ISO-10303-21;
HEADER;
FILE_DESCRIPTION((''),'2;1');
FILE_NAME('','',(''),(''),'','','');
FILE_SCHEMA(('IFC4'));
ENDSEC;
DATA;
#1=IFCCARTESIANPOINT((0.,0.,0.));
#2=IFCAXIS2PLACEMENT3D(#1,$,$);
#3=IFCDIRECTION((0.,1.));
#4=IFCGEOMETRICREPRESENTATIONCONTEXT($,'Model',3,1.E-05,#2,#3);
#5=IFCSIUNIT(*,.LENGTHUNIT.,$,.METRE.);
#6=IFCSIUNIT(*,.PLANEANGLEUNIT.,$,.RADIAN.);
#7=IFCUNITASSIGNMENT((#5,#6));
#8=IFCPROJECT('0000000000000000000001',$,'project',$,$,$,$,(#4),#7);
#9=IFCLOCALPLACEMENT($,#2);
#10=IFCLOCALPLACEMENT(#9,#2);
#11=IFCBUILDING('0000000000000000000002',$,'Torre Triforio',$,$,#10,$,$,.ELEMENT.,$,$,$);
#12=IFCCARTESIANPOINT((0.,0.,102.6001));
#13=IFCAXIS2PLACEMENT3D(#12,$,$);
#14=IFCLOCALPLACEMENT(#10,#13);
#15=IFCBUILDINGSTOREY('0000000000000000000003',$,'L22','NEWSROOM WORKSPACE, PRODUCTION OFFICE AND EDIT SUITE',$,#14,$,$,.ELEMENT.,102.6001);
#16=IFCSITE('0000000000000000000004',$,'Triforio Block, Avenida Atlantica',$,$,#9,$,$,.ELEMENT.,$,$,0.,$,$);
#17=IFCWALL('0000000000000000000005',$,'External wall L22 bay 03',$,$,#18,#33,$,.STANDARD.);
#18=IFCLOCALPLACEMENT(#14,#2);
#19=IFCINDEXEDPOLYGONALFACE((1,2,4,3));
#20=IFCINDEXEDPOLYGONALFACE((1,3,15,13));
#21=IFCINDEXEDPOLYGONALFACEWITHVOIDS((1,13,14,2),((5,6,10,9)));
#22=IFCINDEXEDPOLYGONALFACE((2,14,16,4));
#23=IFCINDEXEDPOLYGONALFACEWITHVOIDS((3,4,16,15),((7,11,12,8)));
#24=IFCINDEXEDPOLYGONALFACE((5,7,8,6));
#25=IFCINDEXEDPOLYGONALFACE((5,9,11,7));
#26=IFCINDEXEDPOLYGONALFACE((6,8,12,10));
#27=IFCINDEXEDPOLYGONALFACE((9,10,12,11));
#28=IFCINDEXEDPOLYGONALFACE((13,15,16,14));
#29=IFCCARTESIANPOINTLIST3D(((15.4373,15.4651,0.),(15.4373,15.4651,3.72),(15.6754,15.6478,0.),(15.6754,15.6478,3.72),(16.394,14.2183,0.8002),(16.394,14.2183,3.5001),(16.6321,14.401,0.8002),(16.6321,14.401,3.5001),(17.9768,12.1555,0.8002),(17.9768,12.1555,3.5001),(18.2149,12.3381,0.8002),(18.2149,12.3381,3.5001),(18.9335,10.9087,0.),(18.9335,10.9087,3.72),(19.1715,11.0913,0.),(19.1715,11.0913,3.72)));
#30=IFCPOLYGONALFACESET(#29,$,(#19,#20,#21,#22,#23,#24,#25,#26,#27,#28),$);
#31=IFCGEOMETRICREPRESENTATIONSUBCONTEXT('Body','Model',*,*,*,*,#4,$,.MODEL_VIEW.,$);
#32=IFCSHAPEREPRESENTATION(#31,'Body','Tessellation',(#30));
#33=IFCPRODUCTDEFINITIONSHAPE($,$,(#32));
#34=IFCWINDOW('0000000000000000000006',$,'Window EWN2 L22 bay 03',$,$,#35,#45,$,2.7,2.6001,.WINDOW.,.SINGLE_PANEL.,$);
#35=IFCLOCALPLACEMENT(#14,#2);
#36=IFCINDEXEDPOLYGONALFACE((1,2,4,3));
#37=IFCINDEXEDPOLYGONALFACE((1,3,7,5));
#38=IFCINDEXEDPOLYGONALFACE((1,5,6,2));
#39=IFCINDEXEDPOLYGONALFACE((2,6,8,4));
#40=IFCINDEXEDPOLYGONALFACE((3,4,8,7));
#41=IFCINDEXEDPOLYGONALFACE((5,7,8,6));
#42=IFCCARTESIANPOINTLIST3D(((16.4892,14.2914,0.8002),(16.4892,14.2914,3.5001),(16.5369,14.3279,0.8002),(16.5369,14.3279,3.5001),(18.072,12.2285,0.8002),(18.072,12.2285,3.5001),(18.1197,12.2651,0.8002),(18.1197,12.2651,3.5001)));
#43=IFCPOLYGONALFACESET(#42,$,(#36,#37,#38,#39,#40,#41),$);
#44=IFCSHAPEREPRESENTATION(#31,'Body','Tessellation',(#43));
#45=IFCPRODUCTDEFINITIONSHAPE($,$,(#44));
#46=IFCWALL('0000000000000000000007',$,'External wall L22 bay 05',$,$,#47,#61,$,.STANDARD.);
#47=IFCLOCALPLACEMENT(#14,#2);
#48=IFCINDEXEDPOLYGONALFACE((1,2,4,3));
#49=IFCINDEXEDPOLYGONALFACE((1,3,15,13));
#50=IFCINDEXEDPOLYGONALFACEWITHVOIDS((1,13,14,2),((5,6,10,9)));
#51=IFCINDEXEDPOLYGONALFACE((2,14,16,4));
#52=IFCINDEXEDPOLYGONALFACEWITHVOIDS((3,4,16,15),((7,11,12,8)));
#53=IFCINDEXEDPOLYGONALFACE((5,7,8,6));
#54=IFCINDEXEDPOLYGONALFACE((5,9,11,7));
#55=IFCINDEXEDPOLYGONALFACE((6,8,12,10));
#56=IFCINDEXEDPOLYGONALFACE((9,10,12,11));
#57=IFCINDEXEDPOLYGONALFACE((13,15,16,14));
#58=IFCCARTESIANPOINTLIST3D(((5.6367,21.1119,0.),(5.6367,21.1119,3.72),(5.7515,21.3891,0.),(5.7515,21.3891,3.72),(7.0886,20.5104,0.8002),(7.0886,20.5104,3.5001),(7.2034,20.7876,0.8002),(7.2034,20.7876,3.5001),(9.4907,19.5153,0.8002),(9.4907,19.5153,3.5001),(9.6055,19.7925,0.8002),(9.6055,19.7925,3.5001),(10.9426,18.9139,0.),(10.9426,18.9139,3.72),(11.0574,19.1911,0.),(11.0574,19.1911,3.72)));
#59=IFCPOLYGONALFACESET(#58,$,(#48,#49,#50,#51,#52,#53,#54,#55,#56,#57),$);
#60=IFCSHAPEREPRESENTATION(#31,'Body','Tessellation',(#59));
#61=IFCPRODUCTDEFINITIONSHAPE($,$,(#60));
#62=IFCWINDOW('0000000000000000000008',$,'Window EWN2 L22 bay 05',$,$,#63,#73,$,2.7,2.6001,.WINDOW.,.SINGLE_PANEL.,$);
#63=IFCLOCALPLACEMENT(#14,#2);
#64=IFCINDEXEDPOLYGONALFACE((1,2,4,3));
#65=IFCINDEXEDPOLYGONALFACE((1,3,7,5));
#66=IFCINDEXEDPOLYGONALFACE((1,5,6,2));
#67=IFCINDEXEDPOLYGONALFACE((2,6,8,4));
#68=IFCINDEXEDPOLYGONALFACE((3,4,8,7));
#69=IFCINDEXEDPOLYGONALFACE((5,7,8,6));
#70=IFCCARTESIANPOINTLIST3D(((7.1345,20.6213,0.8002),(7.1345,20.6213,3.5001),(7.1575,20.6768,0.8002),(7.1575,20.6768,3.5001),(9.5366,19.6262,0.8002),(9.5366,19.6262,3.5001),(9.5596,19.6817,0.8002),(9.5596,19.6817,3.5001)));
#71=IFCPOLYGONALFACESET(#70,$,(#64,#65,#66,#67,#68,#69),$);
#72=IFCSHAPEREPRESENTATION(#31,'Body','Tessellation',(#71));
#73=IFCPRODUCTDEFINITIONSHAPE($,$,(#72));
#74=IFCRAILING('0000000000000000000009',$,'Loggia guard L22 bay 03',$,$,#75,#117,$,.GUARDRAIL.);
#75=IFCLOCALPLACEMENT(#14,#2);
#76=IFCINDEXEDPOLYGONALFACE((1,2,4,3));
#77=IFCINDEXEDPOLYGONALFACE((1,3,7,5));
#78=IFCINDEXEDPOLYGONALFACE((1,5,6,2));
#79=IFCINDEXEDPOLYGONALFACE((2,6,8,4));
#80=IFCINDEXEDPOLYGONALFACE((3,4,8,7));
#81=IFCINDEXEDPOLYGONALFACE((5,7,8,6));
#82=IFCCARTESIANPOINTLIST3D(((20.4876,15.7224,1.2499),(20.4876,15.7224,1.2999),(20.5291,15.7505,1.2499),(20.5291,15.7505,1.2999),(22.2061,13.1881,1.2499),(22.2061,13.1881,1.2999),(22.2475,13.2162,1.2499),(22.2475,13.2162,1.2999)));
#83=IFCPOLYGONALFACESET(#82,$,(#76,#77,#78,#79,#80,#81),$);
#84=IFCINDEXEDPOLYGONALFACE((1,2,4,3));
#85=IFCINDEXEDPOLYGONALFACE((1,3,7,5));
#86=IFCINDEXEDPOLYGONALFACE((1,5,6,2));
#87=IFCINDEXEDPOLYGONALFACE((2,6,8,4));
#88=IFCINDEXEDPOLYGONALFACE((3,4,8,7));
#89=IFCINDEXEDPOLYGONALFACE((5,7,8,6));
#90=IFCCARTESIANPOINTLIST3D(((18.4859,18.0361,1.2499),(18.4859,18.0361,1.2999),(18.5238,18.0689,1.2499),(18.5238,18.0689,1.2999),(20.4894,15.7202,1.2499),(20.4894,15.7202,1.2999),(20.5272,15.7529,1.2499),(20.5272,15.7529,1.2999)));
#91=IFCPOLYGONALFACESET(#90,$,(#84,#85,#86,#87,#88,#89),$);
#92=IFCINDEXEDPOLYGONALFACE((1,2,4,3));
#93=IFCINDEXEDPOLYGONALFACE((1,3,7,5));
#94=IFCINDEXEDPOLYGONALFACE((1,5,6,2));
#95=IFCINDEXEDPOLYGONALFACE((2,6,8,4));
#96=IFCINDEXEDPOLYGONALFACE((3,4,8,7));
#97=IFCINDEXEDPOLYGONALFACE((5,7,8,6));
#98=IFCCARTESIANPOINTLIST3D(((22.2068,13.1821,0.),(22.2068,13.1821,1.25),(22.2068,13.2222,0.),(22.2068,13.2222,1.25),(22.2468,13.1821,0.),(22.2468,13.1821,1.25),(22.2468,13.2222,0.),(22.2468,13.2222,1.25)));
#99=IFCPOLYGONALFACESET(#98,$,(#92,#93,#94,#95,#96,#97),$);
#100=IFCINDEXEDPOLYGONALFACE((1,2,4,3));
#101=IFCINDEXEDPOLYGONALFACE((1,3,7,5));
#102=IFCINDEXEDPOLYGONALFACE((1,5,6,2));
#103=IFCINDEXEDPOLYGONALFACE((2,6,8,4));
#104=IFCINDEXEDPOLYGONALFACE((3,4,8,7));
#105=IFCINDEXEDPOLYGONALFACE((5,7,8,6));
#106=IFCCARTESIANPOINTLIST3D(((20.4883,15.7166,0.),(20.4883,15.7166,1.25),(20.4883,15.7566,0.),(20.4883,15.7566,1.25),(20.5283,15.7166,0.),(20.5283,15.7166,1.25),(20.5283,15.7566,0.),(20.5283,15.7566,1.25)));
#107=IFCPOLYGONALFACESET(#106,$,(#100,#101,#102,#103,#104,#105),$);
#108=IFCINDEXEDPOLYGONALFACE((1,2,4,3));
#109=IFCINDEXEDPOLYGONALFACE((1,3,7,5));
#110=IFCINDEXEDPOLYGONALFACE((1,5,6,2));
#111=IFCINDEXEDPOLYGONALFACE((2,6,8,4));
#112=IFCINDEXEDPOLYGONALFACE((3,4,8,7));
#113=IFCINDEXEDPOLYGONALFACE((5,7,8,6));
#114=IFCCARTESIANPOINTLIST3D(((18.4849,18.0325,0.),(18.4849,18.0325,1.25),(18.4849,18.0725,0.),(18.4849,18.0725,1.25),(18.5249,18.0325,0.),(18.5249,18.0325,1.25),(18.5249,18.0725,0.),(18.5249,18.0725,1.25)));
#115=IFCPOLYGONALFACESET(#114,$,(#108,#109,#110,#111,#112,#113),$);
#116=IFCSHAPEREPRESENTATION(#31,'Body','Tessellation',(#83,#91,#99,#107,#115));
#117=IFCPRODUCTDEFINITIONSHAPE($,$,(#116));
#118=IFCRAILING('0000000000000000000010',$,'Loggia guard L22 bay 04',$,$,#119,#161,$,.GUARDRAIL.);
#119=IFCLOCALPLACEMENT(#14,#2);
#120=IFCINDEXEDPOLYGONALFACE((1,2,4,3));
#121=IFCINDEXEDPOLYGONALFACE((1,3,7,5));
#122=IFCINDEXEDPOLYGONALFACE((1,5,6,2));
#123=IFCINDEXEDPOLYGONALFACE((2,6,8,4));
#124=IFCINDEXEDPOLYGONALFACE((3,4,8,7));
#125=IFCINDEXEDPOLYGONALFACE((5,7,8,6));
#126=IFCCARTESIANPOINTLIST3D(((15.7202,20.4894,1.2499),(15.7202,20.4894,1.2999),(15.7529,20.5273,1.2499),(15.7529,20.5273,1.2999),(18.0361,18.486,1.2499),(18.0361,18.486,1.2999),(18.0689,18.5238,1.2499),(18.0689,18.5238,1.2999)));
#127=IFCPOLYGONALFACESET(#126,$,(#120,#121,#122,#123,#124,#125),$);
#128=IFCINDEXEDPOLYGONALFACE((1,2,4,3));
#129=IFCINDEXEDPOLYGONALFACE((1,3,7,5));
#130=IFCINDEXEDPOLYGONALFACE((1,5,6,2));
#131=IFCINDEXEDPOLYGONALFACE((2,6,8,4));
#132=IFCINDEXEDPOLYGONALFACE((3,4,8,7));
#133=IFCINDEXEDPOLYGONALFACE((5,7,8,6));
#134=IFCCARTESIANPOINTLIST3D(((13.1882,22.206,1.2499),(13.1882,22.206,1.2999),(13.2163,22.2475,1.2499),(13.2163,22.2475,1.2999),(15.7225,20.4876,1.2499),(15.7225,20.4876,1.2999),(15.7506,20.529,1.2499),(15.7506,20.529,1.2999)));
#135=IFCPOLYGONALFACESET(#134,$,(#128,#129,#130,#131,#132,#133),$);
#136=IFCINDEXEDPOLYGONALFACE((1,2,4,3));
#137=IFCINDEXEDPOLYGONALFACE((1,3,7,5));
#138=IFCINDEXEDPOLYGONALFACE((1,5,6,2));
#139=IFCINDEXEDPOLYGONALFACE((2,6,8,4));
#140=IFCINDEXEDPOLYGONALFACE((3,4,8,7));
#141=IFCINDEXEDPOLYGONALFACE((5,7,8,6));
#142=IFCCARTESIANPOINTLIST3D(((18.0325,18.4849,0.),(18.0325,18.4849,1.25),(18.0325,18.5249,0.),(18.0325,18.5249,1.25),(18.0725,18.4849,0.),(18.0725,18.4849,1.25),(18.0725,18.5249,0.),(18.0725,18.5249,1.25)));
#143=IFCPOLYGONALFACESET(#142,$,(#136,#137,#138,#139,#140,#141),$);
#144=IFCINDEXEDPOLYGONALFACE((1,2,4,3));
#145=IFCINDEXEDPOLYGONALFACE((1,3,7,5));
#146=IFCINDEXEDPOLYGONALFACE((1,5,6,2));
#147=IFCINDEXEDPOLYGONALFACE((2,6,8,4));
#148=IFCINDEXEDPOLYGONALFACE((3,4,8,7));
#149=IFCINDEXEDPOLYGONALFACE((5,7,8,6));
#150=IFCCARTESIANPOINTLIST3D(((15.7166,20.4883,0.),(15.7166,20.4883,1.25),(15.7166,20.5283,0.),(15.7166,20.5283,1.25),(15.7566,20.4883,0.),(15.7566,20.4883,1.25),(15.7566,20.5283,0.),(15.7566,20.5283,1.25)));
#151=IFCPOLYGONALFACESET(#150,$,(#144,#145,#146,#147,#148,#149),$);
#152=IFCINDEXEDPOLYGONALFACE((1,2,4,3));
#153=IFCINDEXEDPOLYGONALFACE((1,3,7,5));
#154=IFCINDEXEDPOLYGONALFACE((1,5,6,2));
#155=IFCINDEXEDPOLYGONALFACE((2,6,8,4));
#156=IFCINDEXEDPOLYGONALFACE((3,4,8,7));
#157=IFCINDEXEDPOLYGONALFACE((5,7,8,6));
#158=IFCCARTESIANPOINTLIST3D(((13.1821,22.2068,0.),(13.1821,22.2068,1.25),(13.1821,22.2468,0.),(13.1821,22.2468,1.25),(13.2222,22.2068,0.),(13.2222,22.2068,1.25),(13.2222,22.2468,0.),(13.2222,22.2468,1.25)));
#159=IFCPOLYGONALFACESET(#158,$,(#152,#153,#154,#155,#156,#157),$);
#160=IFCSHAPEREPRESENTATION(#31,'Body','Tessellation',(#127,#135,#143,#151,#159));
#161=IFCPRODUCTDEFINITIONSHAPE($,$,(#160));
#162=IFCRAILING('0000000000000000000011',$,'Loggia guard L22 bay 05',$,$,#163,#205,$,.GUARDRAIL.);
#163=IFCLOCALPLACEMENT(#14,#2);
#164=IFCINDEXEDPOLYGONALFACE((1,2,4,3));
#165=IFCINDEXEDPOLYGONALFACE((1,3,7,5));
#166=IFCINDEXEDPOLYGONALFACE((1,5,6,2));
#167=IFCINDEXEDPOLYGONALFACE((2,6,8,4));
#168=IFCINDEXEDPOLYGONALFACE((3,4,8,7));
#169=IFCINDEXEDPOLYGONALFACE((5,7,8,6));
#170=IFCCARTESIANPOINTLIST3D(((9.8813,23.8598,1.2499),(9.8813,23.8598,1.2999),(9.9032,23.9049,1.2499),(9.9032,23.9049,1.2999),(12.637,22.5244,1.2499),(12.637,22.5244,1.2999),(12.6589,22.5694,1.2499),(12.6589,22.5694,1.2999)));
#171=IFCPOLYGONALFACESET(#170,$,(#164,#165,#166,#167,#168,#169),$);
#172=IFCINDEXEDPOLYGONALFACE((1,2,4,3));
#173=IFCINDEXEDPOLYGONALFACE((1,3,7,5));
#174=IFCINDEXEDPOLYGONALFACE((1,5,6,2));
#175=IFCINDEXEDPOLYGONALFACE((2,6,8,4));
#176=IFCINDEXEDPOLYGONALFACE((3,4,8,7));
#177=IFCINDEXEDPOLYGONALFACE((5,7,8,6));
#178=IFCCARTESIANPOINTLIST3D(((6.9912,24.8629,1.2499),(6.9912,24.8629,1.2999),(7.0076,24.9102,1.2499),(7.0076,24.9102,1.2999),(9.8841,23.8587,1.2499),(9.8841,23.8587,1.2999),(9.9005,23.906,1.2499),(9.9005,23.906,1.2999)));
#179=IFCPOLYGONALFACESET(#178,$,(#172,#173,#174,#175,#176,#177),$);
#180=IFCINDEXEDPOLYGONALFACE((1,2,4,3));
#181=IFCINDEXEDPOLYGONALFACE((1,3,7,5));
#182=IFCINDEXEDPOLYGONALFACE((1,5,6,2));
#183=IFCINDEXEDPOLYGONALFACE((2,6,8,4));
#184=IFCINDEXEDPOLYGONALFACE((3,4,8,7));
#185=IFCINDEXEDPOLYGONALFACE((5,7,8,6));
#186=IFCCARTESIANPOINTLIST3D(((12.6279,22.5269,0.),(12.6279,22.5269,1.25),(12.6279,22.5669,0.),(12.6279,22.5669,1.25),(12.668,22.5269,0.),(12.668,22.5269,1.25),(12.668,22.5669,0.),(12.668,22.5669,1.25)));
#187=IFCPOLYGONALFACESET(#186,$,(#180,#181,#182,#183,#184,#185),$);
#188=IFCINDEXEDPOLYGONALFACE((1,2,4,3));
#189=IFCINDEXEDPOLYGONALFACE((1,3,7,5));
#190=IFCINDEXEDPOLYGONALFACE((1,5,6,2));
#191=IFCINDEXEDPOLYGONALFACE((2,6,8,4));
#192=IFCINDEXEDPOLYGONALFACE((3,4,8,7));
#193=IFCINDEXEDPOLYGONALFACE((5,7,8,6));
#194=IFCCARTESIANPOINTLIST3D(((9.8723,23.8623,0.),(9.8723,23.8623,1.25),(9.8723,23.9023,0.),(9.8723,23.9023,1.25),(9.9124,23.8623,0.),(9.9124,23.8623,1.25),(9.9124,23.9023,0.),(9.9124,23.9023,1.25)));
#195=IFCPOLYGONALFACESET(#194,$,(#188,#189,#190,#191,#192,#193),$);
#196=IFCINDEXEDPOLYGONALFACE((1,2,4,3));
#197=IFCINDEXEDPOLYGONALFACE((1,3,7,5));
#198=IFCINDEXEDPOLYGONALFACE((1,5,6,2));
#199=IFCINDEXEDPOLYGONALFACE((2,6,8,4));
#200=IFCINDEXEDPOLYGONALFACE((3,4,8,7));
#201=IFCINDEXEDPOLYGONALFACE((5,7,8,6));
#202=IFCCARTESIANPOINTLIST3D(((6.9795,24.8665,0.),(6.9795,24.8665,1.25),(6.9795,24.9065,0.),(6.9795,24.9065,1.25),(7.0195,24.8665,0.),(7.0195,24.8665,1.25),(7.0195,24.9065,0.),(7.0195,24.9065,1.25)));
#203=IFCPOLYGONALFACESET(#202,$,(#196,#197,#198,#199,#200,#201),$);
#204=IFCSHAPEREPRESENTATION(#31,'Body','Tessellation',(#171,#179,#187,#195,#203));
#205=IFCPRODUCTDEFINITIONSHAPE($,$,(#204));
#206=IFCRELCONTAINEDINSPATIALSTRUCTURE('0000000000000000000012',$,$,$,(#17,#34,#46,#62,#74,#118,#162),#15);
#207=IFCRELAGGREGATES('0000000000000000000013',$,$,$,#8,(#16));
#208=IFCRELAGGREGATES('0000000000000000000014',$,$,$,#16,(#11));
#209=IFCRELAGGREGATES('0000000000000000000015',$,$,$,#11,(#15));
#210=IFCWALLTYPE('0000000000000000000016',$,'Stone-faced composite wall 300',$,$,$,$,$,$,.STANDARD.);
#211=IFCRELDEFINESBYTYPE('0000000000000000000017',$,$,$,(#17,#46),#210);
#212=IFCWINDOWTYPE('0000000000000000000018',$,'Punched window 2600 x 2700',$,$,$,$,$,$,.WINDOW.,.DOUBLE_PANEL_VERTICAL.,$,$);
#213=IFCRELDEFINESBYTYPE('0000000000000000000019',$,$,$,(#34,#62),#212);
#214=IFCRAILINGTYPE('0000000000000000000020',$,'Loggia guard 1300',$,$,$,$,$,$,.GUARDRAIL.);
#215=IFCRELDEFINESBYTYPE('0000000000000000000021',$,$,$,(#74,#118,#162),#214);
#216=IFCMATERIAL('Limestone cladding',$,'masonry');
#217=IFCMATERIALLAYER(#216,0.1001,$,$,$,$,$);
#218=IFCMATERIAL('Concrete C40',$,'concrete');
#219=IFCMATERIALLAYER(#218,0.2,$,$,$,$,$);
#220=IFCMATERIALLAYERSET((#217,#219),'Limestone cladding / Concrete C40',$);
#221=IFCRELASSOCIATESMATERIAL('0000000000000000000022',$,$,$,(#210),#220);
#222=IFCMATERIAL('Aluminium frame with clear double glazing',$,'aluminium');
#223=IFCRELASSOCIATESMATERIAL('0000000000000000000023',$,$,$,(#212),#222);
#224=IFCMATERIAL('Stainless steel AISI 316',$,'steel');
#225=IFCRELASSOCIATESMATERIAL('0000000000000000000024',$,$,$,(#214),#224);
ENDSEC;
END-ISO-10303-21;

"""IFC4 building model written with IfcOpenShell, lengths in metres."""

from ifc_helpers import new_model, si_unit, direction, frame, frame_2d, origin, origin_2d, place, context, subcontext, project, spatial, rectangle, extrude, material, layer, layer_set, type_object, element, fill, save


model = new_model("IFC4")

# Units and contexts
model_context = context("Model", 3, precision=1e-05, world=origin(), true_north=direction((0.0, 1.0)))
body_context = subcontext(model_context, "Body", "Model", "MODEL_VIEW")
ifc_project = project(units=[si_unit("LENGTHUNIT", "METRE"), si_unit("PLANEANGLEUNIT", "RADIAN")], contexts=[model_context])

# Site, building, storey
site_placement = place(None, origin())
site = spatial("IfcSite", under=ifc_project, at=site_placement, Name="Triforio Block, Avenida Atlantica", CompositionType="ELEMENT", RefElevation=0.0)
building_placement = place(site_placement, origin())
building = spatial("IfcBuilding", under=site, at=building_placement, Name="Torre Triforio", CompositionType="ELEMENT")
storey_placement = place(building_placement, frame((0.0, 0.0, 102.6001)))
storey = spatial("IfcBuildingStorey", under=building, at=storey_placement, Name="L22", Description="NEWSROOM WORKSPACE, PRODUCTION OFFICE AND EDIT SUITE", CompositionType="ELEMENT", Elevation=102.6001)

# Shared definitions
ifc_material_1 = material(Name="Limestone cladding", Category="masonry")
ifc_material_2 = material(Name="Concrete C40", Category="concrete")

# Wall, opening, window
ifc_layer_1 = layer(ifc_material_1, 0.1001)
ifc_layer_2 = layer(ifc_material_2, 0.2)
ifc_layer_set_1 = layer_set([ifc_layer_1, ifc_layer_2], Name="Limestone cladding / Concrete C40")
wall_type_1 = type_object("IfcWallType", Name="Stone-faced composite wall 300", PredefinedType="STANDARD", material=ifc_layer_set_1)
wall_1_placement = place(storey_placement, frame((19.0525, 11.0, 0.0), z_axis=(0.0, 0.0, 1.0), x_axis=(-0.608745, 0.793366, 0.0)))
wall_1 = element("IfcWall", 1, at=wall_1_placement, inside=storey, type_object=wall_type_1, Name="External wall L22 bay 03", PredefinedType="STANDARD", context=body_context, shape_type="SweptSolid", body=[
    extrude(rectangle(XDim=5.7432, YDim=0.3, at=frame_2d((2.8716, 0.0))), origin(), (0.0, 0.0, 1.0), 3.72),
])
opening_1_placement = place(wall_1_placement, frame((1.5715, 0.0, 0.8)))
opening_1 = element("IfcOpeningElement", 2, at=opening_1_placement, cuts=wall_1, PredefinedType="OPENING", context=body_context, shape_type="SweptSolid", body=[
    extrude(rectangle(XDim=2.6001, YDim=2.7, at=frame_2d((1.3, 1.3501))), frame((0.0, 0.1599, 0.0), z_axis=(0.0, -1.0, 0.0), x_axis=(1.0, 0.0, 0.0)), (0.0, 0.0, 1.0), 0.3201),
])
ifc_material_3 = material(Name="Aluminium frame with clear double glazing", Category="aluminium")
window_type_1 = type_object("IfcWindowType", Name="Punched window 2600 x 2700", PartitioningType="DOUBLE_PANEL_VERTICAL", PredefinedType="WINDOW", material=ifc_material_3)
window_1_placement = place(opening_1_placement, origin())
window_1 = element("IfcWindow", 3, at=window_1_placement, inside=storey, type_object=window_type_1, Name="Window EWN2 L22 bay 03", OverallHeight=2.7, OverallWidth=2.6001, PartitioningType="SINGLE_PANEL", PredefinedType="WINDOW", context=body_context, shape_type="SweptSolid", body=[
    extrude(rectangle(XDim=2.6001, YDim=2.7, at=frame_2d((1.3, 1.3501))), frame((0.0, 0.03, 0.0), z_axis=(0.0, -1.0, 0.0), x_axis=(1.0, 0.0, 0.0)), (0.0, 0.0, 1.0), 0.0601),
])
fill(opening_1, window_1)

# Wall, opening, window
wall_2_placement = place(storey_placement, frame((11.0, 19.0525, 0.0), z_axis=(0.0, 0.0, 1.0), x_axis=(-0.923866, 0.382716, 0.0)))
wall_2 = element("IfcWall", 4, at=wall_2_placement, inside=storey, type_object=wall_type_1, Name="External wall L22 bay 05", PredefinedType="STANDARD", context=body_context, shape_type="SweptSolid", body=[
    extrude(rectangle(XDim=5.7432, YDim=0.3, at=frame_2d((2.8716, 0.0))), origin(), (0.0, 0.0, 1.0), 3.72),
])
opening_2_placement = place(wall_2_placement, frame((1.5715, 0.0, 0.8)))
opening_2 = element("IfcOpeningElement", 5, at=opening_2_placement, cuts=wall_2, PredefinedType="OPENING", context=body_context, shape_type="SweptSolid", body=[
    extrude(rectangle(XDim=2.6001, YDim=2.7, at=frame_2d((1.3, 1.3501))), frame((0.0, 0.1599, 0.0), z_axis=(0.0, -1.0, 0.0), x_axis=(1.0, 0.0, 0.0)), (0.0, 0.0, 1.0), 0.3201),
])
window_2_placement = place(opening_2_placement, origin())
window_2 = element("IfcWindow", 6, at=window_2_placement, inside=storey, type_object=window_type_1, Name="Window EWN2 L22 bay 05", OverallHeight=2.7, OverallWidth=2.6001, PartitioningType="SINGLE_PANEL", PredefinedType="WINDOW", context=body_context, shape_type="SweptSolid", body=[
    extrude(rectangle(XDim=2.6001, YDim=2.7, at=frame_2d((1.3, 1.3501))), frame((0.0, 0.03, 0.0), z_axis=(0.0, -1.0, 0.0), x_axis=(1.0, 0.0, 0.0)), (0.0, 0.0, 1.0), 0.0601),
])
fill(opening_2, window_2)

# Railings
ifc_material_4 = material(Name="Stainless steel AISI 316", Category="steel")
railing_type = type_object("IfcRailingType", Name="Loggia guard 1300", PredefinedType="GUARDRAIL", material=ifc_material_4)
railing_1_placement = place(storey_placement, frame((22.2268, 13.2021, 0.0)))
element("IfcRailing", 7, at=railing_1_placement, inside=storey, type_object=railing_type, Name="Loggia guard L22 bay 03", PredefinedType="GUARDRAIL", context=body_context, shape_type="SweptSolid", body=[
    extrude(rectangle(XDim=0.05, YDim=0.05, at=origin_2d()), frame((0.0, 0.0, 1.2749), z_axis=(-0.561215, 0.82767, 0.0), x_axis=(-0.82767, -0.561215, 0.0)), (0.0, 0.0, 1.0), 3.062),
    extrude(rectangle(XDim=0.05, YDim=0.05, at=origin_2d()), frame((-1.7185, 2.5344, 1.2749), z_axis=(-0.654238, 0.756289, 0.0), x_axis=(-0.756289, -0.654238, 0.0)), (0.0, 0.0, 1.0), 3.0623),
    extrude(rectangle(XDim=0.04, YDim=0.04, at=origin_2d()), origin(), (0.0, 0.0, 1.0), 1.25),
    extrude(rectangle(XDim=0.04, YDim=0.04, at=origin_2d()), frame((-1.7185, 2.5344, 0.0)), (0.0, 0.0, 1.0), 1.25),
    extrude(rectangle(XDim=0.04, YDim=0.04, at=origin_2d()), frame((-3.7219, 4.8503, 0.0)), (0.0, 0.0, 1.0), 1.25),
])
railing_2_placement = place(storey_placement, frame((18.0525, 18.5049, 0.0)))
element("IfcRailing", 8, at=railing_2_placement, inside=storey, type_object=railing_type, Name="Loggia guard L22 bay 04", PredefinedType="GUARDRAIL", context=body_context, shape_type="SweptSolid", body=[
    extrude(rectangle(XDim=0.05, YDim=0.05, at=origin_2d()), frame((0.0, 0.0, 1.2749), z_axis=(-0.756289, 0.654238, 0.0), x_axis=(-0.654238, -0.756289, 0.0)), (0.0, 0.0, 1.0), 3.0623),
    extrude(rectangle(XDim=0.05, YDim=0.05, at=origin_2d()), frame((-2.3159, 2.0034, 1.2749), z_axis=(-0.82767, 0.561215, 0.0), x_axis=(-0.561215, -0.82767, 0.0)), (0.0, 0.0, 1.0), 3.062),
    extrude(rectangle(XDim=0.04, YDim=0.04, at=origin_2d()), origin(), (0.0, 0.0, 1.0), 1.25),
    extrude(rectangle(XDim=0.04, YDim=0.04, at=origin_2d()), frame((-2.3159, 2.0034, 0.0)), (0.0, 0.0, 1.0), 1.25),
    extrude(rectangle(XDim=0.04, YDim=0.04, at=origin_2d()), frame((-4.8503, 3.7219, 0.0)), (0.0, 0.0, 1.0), 1.25),
])
railing_3_placement = place(storey_placement, frame((12.6479, 22.5469, 0.0)))
element("IfcRailing", 9, at=railing_3_placement, inside=storey, type_object=railing_type, Name="Loggia guard L22 bay 05", PredefinedType="GUARDRAIL", context=body_context, shape_type="SweptSolid", body=[
    extrude(rectangle(XDim=0.05, YDim=0.05, at=origin_2d()), frame((0.0, 0.0, 1.2749), z_axis=(-0.899892, 0.436113, 0.0), x_axis=(-0.436113, -0.899892, 0.0)), (0.0, 0.0, 1.0), 3.0623),
    extrude(rectangle(XDim=0.05, YDim=0.05, at=origin_2d()), frame((-2.7556, 1.3354, 1.2749), z_axis=(-0.944704, 0.327924, 0.0), x_axis=(-0.327924, -0.944704, 0.0)), (0.0, 0.0, 1.0), 3.0623),
    extrude(rectangle(XDim=0.04, YDim=0.04, at=origin_2d()), origin(), (0.0, 0.0, 1.0), 1.25),
    extrude(rectangle(XDim=0.04, YDim=0.04, at=origin_2d()), frame((-2.7556, 1.3354, 0.0)), (0.0, 0.0, 1.0), 1.25),
    extrude(rectangle(XDim=0.04, YDim=0.04, at=origin_2d()), frame((-5.6484, 2.3396, 0.0)), (0.0, 0.0, 1.0), 1.25),
])

save(model, "model.ifc")
